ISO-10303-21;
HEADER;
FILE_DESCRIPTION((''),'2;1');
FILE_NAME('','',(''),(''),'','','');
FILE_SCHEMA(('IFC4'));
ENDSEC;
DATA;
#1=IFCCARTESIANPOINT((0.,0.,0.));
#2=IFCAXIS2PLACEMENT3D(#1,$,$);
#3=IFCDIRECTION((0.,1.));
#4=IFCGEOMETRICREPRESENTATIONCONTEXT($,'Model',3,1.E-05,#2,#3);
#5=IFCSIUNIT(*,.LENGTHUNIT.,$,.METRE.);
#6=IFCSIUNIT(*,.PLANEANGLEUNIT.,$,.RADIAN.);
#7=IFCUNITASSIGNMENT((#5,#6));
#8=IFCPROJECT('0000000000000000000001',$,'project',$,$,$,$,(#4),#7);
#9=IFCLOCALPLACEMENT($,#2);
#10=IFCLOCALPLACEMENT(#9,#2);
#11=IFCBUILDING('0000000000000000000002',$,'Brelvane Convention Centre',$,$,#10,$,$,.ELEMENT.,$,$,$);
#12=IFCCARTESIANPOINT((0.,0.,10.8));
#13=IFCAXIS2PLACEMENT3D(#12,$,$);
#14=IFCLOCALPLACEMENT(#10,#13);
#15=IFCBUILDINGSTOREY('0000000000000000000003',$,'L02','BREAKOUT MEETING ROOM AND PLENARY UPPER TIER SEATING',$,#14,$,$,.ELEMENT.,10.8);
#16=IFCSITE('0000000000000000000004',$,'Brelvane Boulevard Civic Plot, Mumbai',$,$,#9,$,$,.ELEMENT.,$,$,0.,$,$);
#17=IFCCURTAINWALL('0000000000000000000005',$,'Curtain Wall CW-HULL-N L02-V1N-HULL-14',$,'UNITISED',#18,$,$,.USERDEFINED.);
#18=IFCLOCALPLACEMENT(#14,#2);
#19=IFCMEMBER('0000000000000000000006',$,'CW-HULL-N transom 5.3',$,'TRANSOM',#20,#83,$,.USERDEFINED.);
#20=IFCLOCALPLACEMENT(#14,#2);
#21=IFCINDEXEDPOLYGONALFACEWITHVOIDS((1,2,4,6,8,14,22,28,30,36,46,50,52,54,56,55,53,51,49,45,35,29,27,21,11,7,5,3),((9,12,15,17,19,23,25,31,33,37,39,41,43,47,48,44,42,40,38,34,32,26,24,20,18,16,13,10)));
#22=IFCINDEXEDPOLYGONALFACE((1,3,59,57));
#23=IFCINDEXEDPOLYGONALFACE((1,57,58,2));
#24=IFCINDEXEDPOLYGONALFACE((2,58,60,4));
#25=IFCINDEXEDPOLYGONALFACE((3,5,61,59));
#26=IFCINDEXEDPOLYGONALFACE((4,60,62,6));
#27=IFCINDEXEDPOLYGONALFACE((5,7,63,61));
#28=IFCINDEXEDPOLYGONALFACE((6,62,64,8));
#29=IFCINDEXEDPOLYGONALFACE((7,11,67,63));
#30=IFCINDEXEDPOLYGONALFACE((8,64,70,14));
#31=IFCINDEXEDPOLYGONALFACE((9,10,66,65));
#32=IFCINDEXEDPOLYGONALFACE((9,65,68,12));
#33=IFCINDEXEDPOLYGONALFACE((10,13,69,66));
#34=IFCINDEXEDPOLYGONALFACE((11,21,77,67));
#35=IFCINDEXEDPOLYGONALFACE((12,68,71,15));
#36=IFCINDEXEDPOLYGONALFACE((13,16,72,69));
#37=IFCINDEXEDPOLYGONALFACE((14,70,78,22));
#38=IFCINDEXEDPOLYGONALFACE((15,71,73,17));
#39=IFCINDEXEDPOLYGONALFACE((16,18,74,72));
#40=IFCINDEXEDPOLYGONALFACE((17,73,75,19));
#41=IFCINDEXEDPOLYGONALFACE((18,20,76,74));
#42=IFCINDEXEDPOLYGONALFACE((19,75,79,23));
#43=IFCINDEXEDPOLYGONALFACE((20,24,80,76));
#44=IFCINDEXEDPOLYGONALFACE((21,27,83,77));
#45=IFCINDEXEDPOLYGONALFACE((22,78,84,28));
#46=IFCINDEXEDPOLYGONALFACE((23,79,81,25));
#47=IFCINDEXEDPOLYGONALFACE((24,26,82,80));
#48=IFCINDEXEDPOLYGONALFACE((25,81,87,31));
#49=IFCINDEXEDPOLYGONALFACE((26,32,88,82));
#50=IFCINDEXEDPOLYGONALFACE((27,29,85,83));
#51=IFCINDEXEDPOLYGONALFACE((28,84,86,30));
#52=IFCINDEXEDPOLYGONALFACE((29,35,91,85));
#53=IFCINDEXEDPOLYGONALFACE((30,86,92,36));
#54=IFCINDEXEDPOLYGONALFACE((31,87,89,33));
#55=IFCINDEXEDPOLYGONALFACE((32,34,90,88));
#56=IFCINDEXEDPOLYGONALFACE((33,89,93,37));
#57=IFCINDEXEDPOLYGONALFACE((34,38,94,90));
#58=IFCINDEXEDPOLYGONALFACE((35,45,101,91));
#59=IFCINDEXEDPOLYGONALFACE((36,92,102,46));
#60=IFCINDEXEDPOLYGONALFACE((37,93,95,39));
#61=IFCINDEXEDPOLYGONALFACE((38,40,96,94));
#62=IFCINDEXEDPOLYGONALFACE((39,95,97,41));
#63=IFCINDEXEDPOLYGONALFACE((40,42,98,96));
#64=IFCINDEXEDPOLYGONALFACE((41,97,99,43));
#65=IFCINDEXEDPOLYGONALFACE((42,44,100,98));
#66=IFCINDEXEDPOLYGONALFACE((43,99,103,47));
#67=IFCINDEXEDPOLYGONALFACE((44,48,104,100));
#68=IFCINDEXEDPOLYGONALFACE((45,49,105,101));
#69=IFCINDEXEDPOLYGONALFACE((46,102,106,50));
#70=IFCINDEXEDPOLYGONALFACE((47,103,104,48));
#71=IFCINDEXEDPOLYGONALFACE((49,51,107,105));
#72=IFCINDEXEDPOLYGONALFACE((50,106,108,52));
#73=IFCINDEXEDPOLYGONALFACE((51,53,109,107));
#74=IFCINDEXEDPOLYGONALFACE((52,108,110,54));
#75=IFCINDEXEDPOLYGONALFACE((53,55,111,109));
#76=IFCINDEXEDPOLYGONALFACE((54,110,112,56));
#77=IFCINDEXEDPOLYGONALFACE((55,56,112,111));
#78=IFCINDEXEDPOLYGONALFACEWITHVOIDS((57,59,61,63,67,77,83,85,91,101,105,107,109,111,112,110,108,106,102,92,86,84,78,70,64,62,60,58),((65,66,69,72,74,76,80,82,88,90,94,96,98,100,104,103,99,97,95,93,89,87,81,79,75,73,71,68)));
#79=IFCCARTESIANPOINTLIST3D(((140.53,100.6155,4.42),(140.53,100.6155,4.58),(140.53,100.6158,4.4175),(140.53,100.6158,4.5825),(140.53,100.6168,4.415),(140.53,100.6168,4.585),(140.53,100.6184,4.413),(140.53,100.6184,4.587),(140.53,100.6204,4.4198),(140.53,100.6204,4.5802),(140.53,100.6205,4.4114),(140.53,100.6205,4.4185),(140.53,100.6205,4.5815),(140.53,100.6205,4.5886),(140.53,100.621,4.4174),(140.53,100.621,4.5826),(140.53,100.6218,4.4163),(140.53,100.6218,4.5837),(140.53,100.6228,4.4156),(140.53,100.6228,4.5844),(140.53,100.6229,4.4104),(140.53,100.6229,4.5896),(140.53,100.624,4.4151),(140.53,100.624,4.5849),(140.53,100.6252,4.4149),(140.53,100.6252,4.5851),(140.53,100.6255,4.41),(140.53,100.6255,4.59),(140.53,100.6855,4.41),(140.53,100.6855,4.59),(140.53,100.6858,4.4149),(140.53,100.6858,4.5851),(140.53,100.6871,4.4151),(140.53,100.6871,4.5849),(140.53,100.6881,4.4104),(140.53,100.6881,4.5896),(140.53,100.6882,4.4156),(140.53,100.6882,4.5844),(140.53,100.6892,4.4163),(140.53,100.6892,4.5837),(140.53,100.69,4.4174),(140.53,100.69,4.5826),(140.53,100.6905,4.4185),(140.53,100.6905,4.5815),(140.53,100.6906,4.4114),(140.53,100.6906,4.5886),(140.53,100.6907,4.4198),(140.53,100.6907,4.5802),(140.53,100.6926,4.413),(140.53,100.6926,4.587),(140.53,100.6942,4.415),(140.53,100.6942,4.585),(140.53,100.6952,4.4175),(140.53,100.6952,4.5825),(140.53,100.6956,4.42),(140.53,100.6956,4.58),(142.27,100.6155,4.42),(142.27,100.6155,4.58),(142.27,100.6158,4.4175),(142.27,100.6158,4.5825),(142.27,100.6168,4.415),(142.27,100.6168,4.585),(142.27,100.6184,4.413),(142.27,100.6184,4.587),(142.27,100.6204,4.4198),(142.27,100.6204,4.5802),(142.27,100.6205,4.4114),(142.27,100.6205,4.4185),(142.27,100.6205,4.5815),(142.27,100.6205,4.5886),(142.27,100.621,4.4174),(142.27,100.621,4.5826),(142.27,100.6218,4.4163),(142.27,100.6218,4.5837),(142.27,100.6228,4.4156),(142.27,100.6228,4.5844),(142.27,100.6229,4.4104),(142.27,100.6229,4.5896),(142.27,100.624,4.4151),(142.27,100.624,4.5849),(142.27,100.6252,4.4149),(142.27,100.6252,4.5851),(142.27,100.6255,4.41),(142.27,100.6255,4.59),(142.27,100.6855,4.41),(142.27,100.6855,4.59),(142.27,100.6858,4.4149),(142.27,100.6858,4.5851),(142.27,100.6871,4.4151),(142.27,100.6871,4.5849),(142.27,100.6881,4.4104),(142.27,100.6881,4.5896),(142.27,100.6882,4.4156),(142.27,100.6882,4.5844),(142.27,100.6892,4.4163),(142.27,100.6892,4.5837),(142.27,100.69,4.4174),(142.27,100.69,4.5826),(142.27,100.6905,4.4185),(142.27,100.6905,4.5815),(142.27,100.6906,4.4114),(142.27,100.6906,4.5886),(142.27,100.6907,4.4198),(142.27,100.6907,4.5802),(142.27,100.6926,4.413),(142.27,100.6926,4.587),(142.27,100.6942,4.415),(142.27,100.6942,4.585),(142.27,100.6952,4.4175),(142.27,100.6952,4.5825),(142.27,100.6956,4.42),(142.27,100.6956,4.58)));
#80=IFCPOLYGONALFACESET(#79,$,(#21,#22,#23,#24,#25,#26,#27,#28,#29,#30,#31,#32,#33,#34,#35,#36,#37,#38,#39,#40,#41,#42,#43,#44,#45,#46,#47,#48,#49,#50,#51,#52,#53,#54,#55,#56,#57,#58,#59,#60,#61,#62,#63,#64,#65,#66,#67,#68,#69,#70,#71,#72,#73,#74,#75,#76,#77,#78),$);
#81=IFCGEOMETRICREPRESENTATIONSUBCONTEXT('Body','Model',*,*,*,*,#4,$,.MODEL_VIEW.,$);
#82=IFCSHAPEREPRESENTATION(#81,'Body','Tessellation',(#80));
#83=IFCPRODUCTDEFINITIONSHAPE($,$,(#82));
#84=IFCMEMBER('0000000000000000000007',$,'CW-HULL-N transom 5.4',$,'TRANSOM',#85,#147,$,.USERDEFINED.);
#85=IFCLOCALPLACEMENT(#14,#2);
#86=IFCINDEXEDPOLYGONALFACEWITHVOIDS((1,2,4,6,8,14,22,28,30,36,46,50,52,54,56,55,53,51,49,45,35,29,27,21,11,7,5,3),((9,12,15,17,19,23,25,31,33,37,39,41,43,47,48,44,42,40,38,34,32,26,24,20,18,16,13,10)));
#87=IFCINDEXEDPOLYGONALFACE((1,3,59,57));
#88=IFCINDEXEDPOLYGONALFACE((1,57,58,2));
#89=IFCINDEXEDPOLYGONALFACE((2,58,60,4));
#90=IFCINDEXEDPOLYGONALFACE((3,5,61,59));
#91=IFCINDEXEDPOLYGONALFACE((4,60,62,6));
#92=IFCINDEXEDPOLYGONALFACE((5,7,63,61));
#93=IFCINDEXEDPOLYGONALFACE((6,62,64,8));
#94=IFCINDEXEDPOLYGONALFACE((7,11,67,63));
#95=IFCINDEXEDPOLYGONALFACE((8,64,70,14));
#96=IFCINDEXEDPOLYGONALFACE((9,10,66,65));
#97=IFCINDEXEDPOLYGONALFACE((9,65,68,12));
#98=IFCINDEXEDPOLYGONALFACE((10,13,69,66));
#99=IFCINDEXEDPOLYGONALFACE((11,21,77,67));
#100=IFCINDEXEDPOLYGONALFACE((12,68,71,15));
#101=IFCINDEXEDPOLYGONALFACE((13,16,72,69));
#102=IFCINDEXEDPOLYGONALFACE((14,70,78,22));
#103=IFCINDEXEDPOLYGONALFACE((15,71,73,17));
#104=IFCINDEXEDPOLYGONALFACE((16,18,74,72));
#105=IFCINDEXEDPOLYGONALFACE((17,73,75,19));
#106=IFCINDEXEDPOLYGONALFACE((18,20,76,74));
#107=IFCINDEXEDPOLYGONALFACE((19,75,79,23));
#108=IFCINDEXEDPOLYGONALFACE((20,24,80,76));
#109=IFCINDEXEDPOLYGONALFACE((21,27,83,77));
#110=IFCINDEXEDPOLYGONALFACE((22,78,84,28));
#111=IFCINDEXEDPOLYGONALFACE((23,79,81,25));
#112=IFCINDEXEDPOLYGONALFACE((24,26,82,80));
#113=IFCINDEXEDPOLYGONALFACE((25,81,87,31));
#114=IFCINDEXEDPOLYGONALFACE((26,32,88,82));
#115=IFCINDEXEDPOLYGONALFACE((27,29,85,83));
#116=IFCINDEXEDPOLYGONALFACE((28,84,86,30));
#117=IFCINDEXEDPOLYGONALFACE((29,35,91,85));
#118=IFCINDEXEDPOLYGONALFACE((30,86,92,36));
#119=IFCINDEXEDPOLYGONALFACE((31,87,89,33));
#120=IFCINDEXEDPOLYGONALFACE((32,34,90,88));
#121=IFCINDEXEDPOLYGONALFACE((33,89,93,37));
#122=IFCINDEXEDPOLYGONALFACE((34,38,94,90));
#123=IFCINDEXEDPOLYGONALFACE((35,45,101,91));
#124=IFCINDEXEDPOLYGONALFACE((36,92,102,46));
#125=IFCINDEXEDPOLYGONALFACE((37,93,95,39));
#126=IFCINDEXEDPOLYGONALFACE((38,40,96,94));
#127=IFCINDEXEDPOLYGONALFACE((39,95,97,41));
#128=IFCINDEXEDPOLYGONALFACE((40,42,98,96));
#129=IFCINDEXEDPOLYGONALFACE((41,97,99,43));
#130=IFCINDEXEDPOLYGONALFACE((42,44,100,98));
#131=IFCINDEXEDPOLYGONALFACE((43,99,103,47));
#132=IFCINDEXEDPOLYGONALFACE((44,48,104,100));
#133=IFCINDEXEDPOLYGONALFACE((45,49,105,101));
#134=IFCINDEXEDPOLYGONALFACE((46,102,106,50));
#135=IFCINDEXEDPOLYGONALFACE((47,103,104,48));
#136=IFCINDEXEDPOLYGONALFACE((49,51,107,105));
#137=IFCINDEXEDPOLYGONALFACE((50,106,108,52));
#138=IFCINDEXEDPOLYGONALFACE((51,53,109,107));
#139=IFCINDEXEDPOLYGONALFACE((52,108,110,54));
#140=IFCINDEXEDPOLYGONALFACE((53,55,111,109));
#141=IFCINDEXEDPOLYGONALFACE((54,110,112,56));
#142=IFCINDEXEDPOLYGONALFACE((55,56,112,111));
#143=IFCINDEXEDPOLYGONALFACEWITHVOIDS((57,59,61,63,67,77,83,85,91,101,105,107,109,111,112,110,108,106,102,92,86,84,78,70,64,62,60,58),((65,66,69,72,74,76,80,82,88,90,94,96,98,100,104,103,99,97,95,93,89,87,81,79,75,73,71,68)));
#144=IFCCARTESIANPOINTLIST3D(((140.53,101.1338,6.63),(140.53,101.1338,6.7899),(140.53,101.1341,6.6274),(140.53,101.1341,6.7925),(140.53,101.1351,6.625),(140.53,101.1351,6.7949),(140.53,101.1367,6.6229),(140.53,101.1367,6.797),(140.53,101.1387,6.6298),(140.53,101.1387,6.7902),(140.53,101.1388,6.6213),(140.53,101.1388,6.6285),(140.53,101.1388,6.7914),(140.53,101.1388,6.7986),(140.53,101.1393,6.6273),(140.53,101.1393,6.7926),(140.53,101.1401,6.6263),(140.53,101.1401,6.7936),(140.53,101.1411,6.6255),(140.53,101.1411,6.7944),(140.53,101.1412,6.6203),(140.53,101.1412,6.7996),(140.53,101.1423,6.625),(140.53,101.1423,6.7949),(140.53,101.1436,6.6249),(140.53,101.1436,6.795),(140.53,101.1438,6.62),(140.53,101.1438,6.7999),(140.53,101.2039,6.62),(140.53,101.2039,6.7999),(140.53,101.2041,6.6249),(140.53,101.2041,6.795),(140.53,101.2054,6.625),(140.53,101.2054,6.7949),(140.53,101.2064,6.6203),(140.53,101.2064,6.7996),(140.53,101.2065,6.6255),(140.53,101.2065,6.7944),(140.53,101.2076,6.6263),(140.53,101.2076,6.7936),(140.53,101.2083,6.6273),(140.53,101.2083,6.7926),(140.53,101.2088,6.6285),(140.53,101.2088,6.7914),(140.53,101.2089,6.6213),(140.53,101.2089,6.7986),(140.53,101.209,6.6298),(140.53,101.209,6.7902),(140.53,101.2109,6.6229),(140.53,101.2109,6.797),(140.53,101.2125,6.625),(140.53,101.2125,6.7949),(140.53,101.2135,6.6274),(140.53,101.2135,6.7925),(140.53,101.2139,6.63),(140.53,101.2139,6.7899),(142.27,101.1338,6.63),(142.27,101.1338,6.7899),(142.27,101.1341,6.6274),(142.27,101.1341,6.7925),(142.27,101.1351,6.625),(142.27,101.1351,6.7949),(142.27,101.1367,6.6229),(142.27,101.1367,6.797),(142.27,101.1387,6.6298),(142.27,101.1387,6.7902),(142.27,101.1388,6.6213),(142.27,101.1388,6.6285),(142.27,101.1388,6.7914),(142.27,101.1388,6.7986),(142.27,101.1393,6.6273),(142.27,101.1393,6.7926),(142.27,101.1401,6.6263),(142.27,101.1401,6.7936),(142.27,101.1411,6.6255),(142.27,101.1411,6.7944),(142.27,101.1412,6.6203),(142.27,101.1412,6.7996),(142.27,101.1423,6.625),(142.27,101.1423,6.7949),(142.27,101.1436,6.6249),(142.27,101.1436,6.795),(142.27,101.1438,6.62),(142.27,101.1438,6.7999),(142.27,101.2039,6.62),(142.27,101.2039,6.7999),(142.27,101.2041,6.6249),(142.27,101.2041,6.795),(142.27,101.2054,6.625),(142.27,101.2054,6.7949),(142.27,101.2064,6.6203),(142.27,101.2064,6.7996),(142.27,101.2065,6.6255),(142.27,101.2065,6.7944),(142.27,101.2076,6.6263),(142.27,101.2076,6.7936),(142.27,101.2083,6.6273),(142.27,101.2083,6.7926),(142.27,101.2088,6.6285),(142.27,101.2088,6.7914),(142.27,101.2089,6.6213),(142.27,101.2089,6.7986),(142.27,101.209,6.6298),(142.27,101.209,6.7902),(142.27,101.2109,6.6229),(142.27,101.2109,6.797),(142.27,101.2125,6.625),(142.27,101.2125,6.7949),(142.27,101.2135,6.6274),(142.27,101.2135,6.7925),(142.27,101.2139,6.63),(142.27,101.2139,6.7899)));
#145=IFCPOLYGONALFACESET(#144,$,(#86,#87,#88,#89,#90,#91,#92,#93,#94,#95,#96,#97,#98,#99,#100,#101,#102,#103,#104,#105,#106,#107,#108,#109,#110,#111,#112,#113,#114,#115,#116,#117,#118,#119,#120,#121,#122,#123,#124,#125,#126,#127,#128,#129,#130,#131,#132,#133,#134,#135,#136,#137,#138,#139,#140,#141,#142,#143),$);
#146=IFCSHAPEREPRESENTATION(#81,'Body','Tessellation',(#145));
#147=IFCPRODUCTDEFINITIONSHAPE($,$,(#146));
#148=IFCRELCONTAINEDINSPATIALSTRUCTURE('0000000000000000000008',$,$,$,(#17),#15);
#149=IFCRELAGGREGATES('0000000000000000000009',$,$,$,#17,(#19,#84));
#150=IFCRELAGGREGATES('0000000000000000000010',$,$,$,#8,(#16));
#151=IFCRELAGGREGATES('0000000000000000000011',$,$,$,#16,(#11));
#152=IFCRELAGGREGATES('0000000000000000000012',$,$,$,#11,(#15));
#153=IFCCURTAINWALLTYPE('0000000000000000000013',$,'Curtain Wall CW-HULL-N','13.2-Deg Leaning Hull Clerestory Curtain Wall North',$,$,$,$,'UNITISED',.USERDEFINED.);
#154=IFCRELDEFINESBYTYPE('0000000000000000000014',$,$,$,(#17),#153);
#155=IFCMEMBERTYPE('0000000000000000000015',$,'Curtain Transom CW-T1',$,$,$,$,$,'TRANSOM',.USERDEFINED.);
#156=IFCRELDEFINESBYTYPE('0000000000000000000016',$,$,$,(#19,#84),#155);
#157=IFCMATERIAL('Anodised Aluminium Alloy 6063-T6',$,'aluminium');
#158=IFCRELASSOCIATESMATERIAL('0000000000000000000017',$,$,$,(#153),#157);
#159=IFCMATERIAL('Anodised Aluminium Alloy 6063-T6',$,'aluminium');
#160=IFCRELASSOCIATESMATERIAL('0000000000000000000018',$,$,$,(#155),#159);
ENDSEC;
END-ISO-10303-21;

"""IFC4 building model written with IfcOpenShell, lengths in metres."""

from ifc_helpers import new_model, si_unit, direction, frame, origin, origin_2d, place, context, subcontext, project, spatial, hollow_rectangle, extrude, material, material_profile, profile_set, type_object, element, aggregate, save


model = new_model("IFC4")

# Units and contexts
model_context = context("Model", 3, precision=1e-05, world=origin(), true_north=direction((0.0, 1.0)))
body_context = subcontext(model_context, "Body", "Model", "MODEL_VIEW")
ifc_project = project(units=[si_unit("LENGTHUNIT", "METRE"), si_unit("PLANEANGLEUNIT", "RADIAN")], contexts=[model_context])

# Site, building, storey
site_placement = place(None, origin())
site = spatial("IfcSite", under=ifc_project, at=site_placement, Name="Brelvane Boulevard Civic Plot, Mumbai", CompositionType="ELEMENT", RefElevation=0.0)
building_placement = place(site_placement, origin())
building = spatial("IfcBuilding", under=site, at=building_placement, Name="Brelvane Convention Centre", CompositionType="ELEMENT")
storey_placement = place(building_placement, frame((0.0, 0.0, 10.8)))
storey = spatial("IfcBuildingStorey", under=building, at=storey_placement, Name="L02", Description="BREAKOUT MEETING ROOM AND PLENARY UPPER TIER SEATING", CompositionType="ELEMENT", Elevation=10.8)

# Curtain wall, members
ifc_material_1 = material(Name="Anodised Aluminium Alloy 6063-T6", Category="aluminium")
curtain_wall_type_1 = type_object("IfcCurtainWallType", Name="Curtain Wall CW-HULL-N", Description="13.2-Deg Leaning Hull Clerestory Curtain Wall North", ElementType="UNITISED", PredefinedType="USERDEFINED", material=ifc_material_1)
ifc_material_2 = material(Name="Anodised Aluminium Alloy 6063-T6", Category="aluminium")
ifc_material_profile_1 = material_profile(ifc_material_2, hollow_rectangle(XDim=0.0801, YDim=0.1799, WallThickness=0.0049, InnerFilletRadius=0.0049, OuterFilletRadius=0.01, at=origin_2d()), Name="ALU-T 180x80x5.0")
ifc_profile_set_1 = profile_set([ifc_material_profile_1], Name="Anodised Aluminium Alloy 6063-T6")
member_type_1 = type_object("IfcMemberType", Name="Curtain Transom CW-T1", ElementType="TRANSOM", PredefinedType="USERDEFINED", material=ifc_profile_set_1)
curtain_wall_1_placement = place(storey_placement, origin())
curtain_wall_1 = element("IfcCurtainWall", 1, at=curtain_wall_1_placement, inside=storey, type_object=curtain_wall_type_1, Name="Curtain Wall CW-HULL-N L02-V1N-HULL-14", ObjectType="UNITISED", PredefinedType="USERDEFINED")
member_1_placement = place(storey_placement, frame((140.53, 100.6555, 4.5), z_axis=(1.0, 0.0, 0.0), x_axis=(0.0, 1.0, 0.0)))
member_1 = element("IfcMember", 2, at=member_1_placement, type_object=member_type_1, Name="CW-HULL-N transom 5.3", ObjectType="TRANSOM", PredefinedType="USERDEFINED", context=body_context, shape_type="SweptSolid", body=[
    extrude(hollow_rectangle(XDim=0.0801, YDim=0.1799, WallThickness=0.0049, InnerFilletRadius=0.0049, OuterFilletRadius=0.01, at=origin_2d()), origin(), (0.0, 0.0, 1.0), 1.74),
])
member_2_placement = place(storey_placement, frame((140.53, 101.1738, 6.71), z_axis=(1.0, 0.0, 0.0), x_axis=(0.0, 1.0, 0.0)))
member_2 = element("IfcMember", 3, at=member_2_placement, type_object=member_type_1, Name="CW-HULL-N transom 5.4", ObjectType="TRANSOM", PredefinedType="USERDEFINED", context=body_context, shape_type="SweptSolid", body=[
    extrude(hollow_rectangle(XDim=0.0801, YDim=0.1799, WallThickness=0.0049, InnerFilletRadius=0.0049, OuterFilletRadius=0.01, at=origin_2d()), origin(), (0.0, 0.0, 1.0), 1.74),
])

aggregate(curtain_wall_1, [member_1, member_2])

save(model, "model.ifc")
